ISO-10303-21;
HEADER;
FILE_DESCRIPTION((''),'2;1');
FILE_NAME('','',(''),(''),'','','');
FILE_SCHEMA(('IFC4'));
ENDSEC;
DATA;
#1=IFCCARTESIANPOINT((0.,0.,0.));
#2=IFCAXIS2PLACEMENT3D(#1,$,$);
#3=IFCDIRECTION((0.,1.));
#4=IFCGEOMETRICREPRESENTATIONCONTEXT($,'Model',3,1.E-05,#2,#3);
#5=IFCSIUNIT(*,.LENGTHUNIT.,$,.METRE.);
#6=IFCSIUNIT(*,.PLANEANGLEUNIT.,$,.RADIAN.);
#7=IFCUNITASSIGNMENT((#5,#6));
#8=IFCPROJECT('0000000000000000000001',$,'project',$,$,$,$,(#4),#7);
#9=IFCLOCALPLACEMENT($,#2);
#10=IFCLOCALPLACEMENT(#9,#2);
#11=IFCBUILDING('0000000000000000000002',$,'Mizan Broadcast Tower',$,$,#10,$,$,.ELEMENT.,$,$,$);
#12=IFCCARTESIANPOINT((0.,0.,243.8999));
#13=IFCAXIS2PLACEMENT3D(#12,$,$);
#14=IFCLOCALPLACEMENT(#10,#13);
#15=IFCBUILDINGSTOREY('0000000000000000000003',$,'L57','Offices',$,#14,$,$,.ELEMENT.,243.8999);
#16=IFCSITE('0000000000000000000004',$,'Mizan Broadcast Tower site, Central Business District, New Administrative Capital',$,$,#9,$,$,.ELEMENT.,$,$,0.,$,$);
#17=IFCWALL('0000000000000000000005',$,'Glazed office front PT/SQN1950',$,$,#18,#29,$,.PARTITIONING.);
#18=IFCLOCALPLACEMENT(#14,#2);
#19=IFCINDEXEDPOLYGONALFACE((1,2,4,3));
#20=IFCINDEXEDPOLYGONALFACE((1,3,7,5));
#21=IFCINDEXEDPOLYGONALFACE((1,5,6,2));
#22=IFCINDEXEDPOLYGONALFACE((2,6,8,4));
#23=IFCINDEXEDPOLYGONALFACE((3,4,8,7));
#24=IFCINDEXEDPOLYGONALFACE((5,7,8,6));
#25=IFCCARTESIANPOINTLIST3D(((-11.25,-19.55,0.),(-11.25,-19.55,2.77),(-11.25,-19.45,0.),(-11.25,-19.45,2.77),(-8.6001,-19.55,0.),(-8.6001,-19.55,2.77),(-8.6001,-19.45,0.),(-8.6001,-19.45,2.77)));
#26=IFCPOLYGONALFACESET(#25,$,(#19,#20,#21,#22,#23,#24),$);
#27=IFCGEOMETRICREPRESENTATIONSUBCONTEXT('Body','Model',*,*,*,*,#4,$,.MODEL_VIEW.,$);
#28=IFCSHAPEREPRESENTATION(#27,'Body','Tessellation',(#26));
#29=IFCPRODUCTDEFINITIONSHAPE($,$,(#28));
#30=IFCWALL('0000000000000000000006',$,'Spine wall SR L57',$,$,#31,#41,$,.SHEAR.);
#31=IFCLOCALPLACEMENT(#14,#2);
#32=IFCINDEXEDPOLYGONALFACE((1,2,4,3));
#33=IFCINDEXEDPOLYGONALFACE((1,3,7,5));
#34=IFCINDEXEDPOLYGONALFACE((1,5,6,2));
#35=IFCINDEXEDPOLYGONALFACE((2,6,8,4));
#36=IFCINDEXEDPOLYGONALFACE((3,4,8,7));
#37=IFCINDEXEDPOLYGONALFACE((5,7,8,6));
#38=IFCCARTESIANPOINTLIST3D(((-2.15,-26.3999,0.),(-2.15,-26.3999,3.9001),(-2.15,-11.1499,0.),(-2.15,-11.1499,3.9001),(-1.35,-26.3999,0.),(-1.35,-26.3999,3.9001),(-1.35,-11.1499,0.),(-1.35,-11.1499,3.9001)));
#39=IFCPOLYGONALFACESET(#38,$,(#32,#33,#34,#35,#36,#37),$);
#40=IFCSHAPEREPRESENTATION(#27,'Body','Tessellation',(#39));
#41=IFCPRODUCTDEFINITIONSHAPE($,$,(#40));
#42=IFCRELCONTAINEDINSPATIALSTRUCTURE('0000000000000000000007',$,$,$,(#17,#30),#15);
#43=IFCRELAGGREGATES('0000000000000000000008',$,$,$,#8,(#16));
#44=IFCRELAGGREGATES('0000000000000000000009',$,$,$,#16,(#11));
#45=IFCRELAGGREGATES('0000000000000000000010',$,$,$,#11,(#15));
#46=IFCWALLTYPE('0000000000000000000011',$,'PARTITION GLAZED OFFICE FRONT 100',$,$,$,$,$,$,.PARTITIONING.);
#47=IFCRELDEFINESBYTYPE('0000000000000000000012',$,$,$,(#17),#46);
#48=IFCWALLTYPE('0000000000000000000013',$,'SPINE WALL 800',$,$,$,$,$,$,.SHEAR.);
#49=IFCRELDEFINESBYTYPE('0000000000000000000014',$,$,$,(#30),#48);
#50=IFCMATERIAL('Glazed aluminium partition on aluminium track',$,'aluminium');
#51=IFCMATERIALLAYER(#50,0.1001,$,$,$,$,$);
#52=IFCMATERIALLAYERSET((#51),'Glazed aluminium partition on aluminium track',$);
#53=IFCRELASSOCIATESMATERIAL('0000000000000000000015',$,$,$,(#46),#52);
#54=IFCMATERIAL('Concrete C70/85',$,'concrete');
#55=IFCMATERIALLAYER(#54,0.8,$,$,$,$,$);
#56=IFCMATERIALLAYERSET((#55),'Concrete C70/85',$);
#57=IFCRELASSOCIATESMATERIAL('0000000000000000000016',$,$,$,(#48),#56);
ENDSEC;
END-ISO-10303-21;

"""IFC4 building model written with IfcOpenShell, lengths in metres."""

from ifc_helpers import new_model, si_unit, direction, frame, frame_2d, origin, place, context, subcontext, project, spatial, rectangle, extrude, material, layer, layer_set, type_object, element, save


model = new_model("IFC4")

# Units and contexts
model_context = context("Model", 3, precision=1e-05, world=origin(), true_north=direction((0.0, 1.0)))
body_context = subcontext(model_context, "Body", "Model", "MODEL_VIEW")
ifc_project = project(units=[si_unit("LENGTHUNIT", "METRE"), si_unit("PLANEANGLEUNIT", "RADIAN")], contexts=[model_context])

# Site, building, storey
site_placement = place(None, origin())
site = spatial("IfcSite", under=ifc_project, at=site_placement, Name="Mizan Broadcast Tower site, Central Business District, New Administrative Capital", CompositionType="ELEMENT", RefElevation=0.0)
building_placement = place(site_placement, origin())
building = spatial("IfcBuilding", under=site, at=building_placement, Name="Mizan Broadcast Tower", CompositionType="ELEMENT")
storey_placement = place(building_placement, frame((0.0, 0.0, 243.8999)))
storey = spatial("IfcBuildingStorey", under=building, at=storey_placement, Name="L57", Description="Offices", CompositionType="ELEMENT", Elevation=243.8999)

# Walls
ifc_material_1 = material(Name="Glazed aluminium partition on aluminium track", Category="aluminium")
ifc_layer_1 = layer(ifc_material_1, 0.1001)
ifc_layer_set_1 = layer_set([ifc_layer_1], Name="Glazed aluminium partition on aluminium track")
wall_type_1 = type_object("IfcWallType", Name="PARTITION GLAZED OFFICE FRONT 100", PredefinedType="PARTITIONING", material=ifc_layer_set_1)
wall_1_placement = place(storey_placement, frame((-8.6001, -19.5, 0.0), z_axis=(0.0, 0.0, 1.0), x_axis=(-1.0, 0.0, 0.0)))
element("IfcWall", 1, at=wall_1_placement, inside=storey, type_object=wall_type_1, Name="Glazed office front PT/SQN1950", PredefinedType="PARTITIONING", context=body_context, shape_type="SweptSolid", body=[
    extrude(rectangle(XDim=2.6499, YDim=0.1001, at=frame_2d((1.325, 0.0))), origin(), (0.0, 0.0, 1.0), 2.77),
])
ifc_material_2 = material(Name="Concrete C70/85", Category="concrete")
ifc_layer_2 = layer(ifc_material_2, 0.8)
ifc_layer_set_2 = layer_set([ifc_layer_2], Name="Concrete C70/85")
wall_type_2 = type_object("IfcWallType", Name="SPINE WALL 800", PredefinedType="SHEAR", material=ifc_layer_set_2)
wall_2_placement = place(storey_placement, frame((-1.75, -11.1499, 0.0), z_axis=(0.0, 0.0, 1.0), x_axis=(0.0, -1.0, 0.0)))
element("IfcWall", 2, at=wall_2_placement, inside=storey, type_object=wall_type_2, Name="Spine wall SR L57", PredefinedType="SHEAR", context=body_context, shape_type="SweptSolid", body=[
    extrude(rectangle(XDim=15.25, YDim=0.8, at=frame_2d((7.625, 0.0))), origin(), (0.0, 0.0, 1.0), 3.9001),
])

save(model, "model.ifc")
